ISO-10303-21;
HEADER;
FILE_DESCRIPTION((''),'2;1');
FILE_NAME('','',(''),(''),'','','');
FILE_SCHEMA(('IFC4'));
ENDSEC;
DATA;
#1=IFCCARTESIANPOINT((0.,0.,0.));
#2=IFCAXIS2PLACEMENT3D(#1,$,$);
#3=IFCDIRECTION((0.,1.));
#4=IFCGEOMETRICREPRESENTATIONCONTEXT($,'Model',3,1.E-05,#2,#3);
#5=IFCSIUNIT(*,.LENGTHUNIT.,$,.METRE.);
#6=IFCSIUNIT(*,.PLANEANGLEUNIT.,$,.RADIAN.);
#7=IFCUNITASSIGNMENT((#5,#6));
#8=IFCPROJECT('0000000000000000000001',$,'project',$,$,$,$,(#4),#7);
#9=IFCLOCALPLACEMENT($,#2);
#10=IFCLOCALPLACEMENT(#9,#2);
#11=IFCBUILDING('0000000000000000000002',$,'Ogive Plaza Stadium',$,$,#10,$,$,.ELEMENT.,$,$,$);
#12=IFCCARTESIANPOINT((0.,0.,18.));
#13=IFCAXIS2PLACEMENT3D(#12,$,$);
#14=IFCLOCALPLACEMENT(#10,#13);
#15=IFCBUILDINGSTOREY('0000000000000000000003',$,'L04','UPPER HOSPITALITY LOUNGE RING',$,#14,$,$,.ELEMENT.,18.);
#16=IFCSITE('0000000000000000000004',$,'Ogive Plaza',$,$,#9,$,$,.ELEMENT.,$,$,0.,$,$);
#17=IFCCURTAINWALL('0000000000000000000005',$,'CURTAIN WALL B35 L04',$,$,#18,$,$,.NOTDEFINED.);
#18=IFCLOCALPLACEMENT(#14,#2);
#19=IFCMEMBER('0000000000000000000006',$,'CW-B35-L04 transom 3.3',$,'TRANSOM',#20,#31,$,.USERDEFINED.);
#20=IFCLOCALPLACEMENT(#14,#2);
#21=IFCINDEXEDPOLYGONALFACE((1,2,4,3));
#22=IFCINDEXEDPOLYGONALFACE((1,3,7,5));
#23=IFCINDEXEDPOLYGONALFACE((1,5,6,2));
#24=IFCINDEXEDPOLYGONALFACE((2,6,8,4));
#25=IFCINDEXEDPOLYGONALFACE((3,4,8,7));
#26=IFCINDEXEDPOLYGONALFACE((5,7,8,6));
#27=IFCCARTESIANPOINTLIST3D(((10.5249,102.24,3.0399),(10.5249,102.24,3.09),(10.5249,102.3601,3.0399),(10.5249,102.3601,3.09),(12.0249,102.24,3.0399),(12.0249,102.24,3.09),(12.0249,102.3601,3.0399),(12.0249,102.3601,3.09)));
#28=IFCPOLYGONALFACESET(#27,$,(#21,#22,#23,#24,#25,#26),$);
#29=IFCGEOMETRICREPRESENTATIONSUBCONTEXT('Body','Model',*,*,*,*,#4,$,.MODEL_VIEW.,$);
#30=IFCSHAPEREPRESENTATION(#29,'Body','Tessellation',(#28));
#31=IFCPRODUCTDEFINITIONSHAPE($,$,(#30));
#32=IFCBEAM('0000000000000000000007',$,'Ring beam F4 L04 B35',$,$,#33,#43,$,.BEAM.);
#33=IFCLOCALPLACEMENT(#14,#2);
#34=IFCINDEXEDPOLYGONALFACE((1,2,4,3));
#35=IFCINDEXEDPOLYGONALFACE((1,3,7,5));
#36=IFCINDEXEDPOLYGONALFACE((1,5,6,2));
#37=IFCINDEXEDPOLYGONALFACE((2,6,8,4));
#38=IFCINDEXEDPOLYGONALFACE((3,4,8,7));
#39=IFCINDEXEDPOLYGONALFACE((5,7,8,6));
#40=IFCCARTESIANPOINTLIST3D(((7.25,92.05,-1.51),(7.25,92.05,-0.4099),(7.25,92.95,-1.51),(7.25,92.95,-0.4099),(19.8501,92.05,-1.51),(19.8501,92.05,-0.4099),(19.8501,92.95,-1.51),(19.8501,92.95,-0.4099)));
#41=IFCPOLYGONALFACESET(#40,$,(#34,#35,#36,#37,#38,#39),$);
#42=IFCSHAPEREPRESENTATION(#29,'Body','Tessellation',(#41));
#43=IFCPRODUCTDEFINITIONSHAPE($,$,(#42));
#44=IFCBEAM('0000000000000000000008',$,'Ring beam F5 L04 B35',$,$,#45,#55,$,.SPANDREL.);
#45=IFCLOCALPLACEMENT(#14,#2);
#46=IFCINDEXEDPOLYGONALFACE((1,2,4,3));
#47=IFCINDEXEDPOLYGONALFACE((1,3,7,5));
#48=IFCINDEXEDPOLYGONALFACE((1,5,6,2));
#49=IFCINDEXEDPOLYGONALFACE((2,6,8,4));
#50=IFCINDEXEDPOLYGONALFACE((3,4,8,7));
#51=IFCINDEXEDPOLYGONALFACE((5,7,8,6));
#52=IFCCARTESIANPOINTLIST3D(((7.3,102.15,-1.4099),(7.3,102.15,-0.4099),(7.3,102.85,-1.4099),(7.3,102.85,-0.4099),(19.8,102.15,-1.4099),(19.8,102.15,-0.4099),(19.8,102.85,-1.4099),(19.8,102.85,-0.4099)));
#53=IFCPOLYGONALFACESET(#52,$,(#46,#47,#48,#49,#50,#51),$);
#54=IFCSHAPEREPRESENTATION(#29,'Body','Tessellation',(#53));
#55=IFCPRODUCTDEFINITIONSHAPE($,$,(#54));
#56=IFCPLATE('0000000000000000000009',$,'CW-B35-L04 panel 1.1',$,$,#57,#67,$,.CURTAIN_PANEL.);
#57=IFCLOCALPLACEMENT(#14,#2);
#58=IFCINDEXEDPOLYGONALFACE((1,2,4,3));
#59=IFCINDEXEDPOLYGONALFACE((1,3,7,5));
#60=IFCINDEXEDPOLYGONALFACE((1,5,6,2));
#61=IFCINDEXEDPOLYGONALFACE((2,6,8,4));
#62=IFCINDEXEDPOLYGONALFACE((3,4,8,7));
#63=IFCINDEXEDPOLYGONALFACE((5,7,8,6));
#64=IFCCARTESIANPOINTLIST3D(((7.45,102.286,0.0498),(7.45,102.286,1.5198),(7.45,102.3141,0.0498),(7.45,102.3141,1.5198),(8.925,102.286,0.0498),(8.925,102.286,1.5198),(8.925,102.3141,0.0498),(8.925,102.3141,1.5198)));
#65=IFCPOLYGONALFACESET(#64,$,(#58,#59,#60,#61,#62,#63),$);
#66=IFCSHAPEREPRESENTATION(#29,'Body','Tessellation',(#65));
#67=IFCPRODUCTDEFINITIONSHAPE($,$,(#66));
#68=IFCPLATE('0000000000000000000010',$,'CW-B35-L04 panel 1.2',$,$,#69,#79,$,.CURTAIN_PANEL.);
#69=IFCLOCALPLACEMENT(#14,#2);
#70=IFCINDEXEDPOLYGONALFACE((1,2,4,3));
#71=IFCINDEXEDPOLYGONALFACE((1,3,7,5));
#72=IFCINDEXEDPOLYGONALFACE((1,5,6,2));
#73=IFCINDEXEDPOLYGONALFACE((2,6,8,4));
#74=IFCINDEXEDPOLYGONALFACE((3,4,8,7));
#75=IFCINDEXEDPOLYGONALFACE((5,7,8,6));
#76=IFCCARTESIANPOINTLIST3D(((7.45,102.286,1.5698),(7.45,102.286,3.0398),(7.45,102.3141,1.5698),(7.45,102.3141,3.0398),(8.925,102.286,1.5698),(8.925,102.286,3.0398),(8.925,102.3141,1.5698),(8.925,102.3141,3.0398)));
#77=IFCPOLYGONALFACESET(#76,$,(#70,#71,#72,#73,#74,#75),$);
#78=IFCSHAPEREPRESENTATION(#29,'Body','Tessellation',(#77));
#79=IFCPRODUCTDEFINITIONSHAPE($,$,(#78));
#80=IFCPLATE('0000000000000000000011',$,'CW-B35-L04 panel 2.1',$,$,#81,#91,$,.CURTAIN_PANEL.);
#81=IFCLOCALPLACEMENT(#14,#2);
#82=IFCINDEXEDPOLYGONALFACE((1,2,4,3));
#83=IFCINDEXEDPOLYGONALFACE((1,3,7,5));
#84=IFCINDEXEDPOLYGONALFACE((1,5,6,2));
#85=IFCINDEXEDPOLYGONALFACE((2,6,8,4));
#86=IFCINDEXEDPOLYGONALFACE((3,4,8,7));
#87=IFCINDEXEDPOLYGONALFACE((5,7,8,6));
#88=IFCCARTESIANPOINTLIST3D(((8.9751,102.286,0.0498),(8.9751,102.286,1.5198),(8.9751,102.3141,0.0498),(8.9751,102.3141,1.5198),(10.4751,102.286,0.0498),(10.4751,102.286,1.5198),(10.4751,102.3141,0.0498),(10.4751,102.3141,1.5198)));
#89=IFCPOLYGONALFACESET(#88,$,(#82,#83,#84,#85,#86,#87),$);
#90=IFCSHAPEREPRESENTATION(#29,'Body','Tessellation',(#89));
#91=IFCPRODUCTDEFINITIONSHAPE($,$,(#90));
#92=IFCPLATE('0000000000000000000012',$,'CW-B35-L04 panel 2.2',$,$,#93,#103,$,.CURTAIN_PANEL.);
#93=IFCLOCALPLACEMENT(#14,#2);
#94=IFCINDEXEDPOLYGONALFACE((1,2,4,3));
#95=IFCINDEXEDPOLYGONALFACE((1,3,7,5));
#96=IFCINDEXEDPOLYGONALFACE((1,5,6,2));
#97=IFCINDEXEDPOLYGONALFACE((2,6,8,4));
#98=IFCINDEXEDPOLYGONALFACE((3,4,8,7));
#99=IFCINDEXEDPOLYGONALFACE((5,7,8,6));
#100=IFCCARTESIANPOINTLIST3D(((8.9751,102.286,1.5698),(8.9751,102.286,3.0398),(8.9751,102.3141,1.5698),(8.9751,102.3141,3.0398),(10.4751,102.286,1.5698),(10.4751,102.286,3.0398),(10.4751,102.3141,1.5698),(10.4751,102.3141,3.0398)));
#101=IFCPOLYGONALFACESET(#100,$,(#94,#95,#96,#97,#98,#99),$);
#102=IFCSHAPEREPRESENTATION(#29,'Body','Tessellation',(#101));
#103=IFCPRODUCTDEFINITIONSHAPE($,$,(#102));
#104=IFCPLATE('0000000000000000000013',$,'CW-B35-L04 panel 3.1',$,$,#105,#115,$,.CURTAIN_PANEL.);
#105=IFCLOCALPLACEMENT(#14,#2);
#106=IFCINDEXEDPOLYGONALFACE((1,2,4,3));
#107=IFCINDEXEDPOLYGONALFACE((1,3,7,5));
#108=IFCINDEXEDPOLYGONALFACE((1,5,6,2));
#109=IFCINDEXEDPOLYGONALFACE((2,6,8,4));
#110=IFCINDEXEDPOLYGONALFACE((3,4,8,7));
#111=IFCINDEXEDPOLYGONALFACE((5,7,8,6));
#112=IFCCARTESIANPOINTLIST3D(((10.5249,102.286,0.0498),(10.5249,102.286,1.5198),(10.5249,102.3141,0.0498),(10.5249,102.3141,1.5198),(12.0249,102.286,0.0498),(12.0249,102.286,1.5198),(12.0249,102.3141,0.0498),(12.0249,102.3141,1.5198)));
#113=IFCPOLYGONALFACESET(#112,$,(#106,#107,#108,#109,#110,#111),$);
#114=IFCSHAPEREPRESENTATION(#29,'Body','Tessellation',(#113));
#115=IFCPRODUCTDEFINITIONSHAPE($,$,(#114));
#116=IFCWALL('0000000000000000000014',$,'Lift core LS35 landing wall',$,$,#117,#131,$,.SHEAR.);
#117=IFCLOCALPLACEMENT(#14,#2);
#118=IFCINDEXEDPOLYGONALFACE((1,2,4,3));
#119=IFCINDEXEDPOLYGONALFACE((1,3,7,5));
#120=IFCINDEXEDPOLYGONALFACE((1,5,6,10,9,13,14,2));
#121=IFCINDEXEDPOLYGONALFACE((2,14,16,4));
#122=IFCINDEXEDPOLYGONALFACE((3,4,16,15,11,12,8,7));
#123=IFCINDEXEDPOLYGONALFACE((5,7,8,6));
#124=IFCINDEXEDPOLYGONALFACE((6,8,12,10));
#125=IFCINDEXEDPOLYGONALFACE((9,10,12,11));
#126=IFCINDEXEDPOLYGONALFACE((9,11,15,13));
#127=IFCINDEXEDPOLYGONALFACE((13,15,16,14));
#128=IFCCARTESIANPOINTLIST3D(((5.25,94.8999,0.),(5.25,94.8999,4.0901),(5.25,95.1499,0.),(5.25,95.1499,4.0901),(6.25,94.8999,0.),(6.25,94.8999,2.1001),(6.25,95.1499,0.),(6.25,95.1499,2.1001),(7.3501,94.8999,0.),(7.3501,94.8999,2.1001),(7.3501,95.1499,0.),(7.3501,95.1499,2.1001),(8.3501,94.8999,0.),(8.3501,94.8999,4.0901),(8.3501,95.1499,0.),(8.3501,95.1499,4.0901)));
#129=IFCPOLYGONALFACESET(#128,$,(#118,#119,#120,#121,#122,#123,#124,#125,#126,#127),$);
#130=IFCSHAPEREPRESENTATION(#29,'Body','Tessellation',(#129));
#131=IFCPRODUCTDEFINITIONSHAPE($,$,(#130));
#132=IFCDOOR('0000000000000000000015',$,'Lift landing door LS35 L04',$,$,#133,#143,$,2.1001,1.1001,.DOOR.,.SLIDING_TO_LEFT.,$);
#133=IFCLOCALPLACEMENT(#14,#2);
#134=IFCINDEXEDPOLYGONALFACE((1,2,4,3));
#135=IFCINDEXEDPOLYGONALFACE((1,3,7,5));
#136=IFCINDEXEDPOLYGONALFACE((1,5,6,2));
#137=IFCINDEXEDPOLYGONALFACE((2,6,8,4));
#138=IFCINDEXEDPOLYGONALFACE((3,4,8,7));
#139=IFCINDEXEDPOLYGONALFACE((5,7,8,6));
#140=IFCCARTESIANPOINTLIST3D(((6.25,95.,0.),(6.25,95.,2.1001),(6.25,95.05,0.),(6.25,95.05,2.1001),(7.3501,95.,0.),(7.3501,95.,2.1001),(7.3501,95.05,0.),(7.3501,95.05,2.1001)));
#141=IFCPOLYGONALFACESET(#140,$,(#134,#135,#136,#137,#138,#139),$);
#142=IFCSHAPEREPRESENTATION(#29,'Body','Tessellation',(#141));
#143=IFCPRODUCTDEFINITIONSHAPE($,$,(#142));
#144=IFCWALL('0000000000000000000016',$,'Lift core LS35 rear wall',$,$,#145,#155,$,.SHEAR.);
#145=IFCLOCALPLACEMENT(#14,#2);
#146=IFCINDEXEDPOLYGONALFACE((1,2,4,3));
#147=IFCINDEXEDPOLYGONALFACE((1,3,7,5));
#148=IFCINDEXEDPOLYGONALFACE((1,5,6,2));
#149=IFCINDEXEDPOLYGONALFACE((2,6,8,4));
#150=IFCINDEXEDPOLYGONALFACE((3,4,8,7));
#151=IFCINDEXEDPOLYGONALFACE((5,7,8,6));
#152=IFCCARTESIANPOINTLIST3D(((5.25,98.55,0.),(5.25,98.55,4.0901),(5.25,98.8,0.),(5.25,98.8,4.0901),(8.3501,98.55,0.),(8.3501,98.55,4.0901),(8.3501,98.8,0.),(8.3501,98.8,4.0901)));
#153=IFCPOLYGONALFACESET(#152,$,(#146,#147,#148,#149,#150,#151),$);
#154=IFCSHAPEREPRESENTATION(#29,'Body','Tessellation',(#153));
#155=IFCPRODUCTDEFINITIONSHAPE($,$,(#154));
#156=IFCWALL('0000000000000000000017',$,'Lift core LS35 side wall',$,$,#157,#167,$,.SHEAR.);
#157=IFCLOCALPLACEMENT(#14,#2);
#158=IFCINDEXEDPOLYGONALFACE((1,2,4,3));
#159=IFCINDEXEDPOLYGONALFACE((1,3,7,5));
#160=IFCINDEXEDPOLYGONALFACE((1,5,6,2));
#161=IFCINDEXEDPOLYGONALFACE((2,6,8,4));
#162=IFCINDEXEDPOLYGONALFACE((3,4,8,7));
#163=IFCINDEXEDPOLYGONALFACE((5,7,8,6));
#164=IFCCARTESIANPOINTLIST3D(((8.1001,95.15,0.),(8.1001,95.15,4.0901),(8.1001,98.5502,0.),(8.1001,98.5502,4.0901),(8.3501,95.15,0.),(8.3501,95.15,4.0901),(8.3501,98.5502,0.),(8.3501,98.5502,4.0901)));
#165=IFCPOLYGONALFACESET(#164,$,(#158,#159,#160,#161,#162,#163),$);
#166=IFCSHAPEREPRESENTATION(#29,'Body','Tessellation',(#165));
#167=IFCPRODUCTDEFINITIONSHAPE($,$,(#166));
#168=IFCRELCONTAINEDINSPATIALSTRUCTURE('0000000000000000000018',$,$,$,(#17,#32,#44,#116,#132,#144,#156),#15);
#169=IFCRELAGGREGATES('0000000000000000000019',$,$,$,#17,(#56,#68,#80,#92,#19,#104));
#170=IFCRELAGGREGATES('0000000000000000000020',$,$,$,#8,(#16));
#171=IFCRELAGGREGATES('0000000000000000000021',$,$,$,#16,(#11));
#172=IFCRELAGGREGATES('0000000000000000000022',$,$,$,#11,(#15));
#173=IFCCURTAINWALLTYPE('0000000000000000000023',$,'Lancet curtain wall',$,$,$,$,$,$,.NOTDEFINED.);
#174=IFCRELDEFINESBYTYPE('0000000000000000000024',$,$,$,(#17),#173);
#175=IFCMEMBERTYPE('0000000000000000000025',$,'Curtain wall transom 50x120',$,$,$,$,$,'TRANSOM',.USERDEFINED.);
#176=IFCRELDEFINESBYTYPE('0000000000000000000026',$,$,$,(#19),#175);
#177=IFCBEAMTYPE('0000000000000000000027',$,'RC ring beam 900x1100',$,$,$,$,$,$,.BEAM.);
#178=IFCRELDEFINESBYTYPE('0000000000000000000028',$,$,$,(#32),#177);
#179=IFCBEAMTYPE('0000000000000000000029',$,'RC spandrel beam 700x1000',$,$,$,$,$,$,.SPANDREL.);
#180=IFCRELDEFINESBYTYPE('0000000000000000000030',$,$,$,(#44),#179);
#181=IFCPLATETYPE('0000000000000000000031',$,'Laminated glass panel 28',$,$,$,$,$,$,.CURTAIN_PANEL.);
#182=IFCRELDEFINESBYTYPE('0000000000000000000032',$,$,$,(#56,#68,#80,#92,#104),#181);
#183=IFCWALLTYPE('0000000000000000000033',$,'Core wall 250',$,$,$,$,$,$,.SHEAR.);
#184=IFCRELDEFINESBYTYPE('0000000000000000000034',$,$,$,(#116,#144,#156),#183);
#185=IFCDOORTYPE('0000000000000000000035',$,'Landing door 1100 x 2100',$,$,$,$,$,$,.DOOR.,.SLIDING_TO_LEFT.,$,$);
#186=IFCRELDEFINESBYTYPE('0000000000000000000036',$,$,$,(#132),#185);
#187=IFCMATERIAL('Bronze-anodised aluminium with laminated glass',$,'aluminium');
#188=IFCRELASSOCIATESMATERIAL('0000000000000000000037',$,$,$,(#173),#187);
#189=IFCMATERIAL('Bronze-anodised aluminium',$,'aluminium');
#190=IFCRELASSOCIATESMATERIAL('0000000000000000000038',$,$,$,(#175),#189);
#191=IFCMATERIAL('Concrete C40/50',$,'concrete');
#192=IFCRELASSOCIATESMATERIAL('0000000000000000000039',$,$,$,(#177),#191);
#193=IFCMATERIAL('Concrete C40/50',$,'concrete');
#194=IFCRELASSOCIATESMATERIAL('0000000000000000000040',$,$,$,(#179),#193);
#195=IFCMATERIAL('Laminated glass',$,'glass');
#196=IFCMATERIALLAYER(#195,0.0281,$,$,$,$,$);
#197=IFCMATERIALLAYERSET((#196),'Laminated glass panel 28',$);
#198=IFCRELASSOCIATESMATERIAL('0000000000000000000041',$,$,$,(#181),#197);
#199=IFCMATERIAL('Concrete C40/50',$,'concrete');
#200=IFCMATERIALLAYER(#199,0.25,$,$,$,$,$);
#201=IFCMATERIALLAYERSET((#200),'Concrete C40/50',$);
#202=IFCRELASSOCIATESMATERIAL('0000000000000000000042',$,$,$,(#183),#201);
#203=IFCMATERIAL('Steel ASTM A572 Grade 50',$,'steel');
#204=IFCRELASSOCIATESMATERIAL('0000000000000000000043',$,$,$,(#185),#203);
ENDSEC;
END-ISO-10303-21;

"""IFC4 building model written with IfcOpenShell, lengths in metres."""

from ifc_helpers import new_model, si_unit, direction, frame, frame_2d, origin, origin_2d, place, context, subcontext, project, spatial, rectangle, extrude, material, layer, layer_set, material_profile, profile_set, type_object, element, fill, aggregate, save


model = new_model("IFC4")

# Units and contexts
model_context = context("Model", 3, precision=1e-05, world=origin(), true_north=direction((0.0, 1.0)))
body_context = subcontext(model_context, "Body", "Model", "MODEL_VIEW")
ifc_project = project(units=[si_unit("LENGTHUNIT", "METRE"), si_unit("PLANEANGLEUNIT", "RADIAN")], contexts=[model_context])

# Site, building, storey
site_placement = place(None, origin())
site = spatial("IfcSite", under=ifc_project, at=site_placement, Name="Ogive Plaza", CompositionType="ELEMENT", RefElevation=0.0)
building_placement = place(site_placement, origin())
building = spatial("IfcBuilding", under=site, at=building_placement, Name="Ogive Plaza Stadium", CompositionType="ELEMENT")
storey_placement = place(building_placement, frame((0.0, 0.0, 18.0)))
storey = spatial("IfcBuildingStorey", under=building, at=storey_placement, Name="L04", Description="UPPER HOSPITALITY LOUNGE RING", CompositionType="ELEMENT", Elevation=18.0)

# Shared definitions
ifc_material_1 = material(Name="Bronze-anodised aluminium with laminated glass", Category="aluminium")
curtain_wall_type = type_object("IfcCurtainWallType", Name="Lancet curtain wall", PredefinedType="NOTDEFINED", material=ifc_material_1)

# Curtain wall, member
curtain_wall_1_placement = place(storey_placement, origin())
curtain_wall_1 = element("IfcCurtainWall", 1, at=curtain_wall_1_placement, inside=storey, type_object=curtain_wall_type, Name="CURTAIN WALL B35 L04", PredefinedType="NOTDEFINED")
ifc_material_2 = material(Name="Bronze-anodised aluminium", Category="aluminium")
ifc_material_profile_1 = material_profile(ifc_material_2, rectangle(XDim=0.1201, YDim=0.05, at=origin_2d()), Name="AL 120x50")
ifc_profile_set_1 = profile_set([ifc_material_profile_1], Name="Bronze-anodised aluminium")
member_type_1 = type_object("IfcMemberType", Name="Curtain wall transom 50x120", ElementType="TRANSOM", PredefinedType="USERDEFINED", material=ifc_profile_set_1)
member_1_placement = place(storey_placement, frame((10.5249, 102.3, 3.0649), z_axis=(1.0, 0.0, 0.0), x_axis=(0.0, 1.0, 0.0)))
member_1 = element("IfcMember", 2, at=member_1_placement, type_object=member_type_1, Name="CW-B35-L04 transom 3.3", ObjectType="TRANSOM", PredefinedType="USERDEFINED", context=body_context, shape_type="SweptSolid", body=[
    extrude(rectangle(XDim=0.1201, YDim=0.05, at=origin_2d()), origin(), (0.0, 0.0, 1.0), 1.5),
])

# Beams
ifc_material_3 = material(Name="Concrete C40/50", Category="concrete")
ifc_material_profile_2 = material_profile(ifc_material_3, rectangle(XDim=0.8999, YDim=1.1001, at=origin_2d()), Name="RC 900x1100")
ifc_profile_set_2 = profile_set([ifc_material_profile_2], Name="Concrete C40/50")
beam_type_1 = type_object("IfcBeamType", Name="RC ring beam 900x1100", PredefinedType="BEAM", material=ifc_profile_set_2)
beam_1_placement = place(storey_placement, frame((7.25, 92.5, -0.96), z_axis=(1.0, 0.0, 0.0), x_axis=(0.0, 1.0, 0.0)))
element("IfcBeam", 3, at=beam_1_placement, inside=storey, type_object=beam_type_1, Name="Ring beam F4 L04 B35", PredefinedType="BEAM", context=body_context, shape_type="SweptSolid", body=[
    extrude(rectangle(XDim=0.8999, YDim=1.1001, at=origin_2d()), origin(), (0.0, 0.0, 1.0), 12.6001),
])
ifc_material_4 = material(Name="Concrete C40/50", Category="concrete")
ifc_material_profile_3 = material_profile(ifc_material_4, rectangle(XDim=0.7, YDim=1.0, at=origin_2d()), Name="RC 700x1000")
ifc_profile_set_3 = profile_set([ifc_material_profile_3], Name="Concrete C40/50")
beam_type_2 = type_object("IfcBeamType", Name="RC spandrel beam 700x1000", PredefinedType="SPANDREL", material=ifc_profile_set_3)
beam_2_placement = place(storey_placement, frame((7.3, 102.5, -0.9099), z_axis=(1.0, 0.0, 0.0), x_axis=(0.0, 1.0, 0.0)))
element("IfcBeam", 4, at=beam_2_placement, inside=storey, type_object=beam_type_2, Name="Ring beam F5 L04 B35", PredefinedType="SPANDREL", context=body_context, shape_type="SweptSolid", body=[
    extrude(rectangle(XDim=0.7, YDim=1.0, at=origin_2d()), origin(), (0.0, 0.0, 1.0), 12.5),
])

# Plates
ifc_material_5 = material(Name="Laminated glass", Category="glass")
ifc_layer_1 = layer(ifc_material_5, 0.0281)
ifc_layer_set_1 = layer_set([ifc_layer_1], Name="Laminated glass panel 28")
plate_type = type_object("IfcPlateType", Name="Laminated glass panel 28", PredefinedType="CURTAIN_PANEL", material=ifc_layer_set_1)
plate_1_placement = place(storey_placement, frame((8.1875, 102.3, 0.0498), z_axis=(0.0, 0.0, 1.0), x_axis=(1.0, 0.0, 0.0)))
plate_1 = element("IfcPlate", 5, at=plate_1_placement, type_object=plate_type, Name="CW-B35-L04 panel 1.1", PredefinedType="CURTAIN_PANEL", context=body_context, shape_type="SweptSolid", body=[
    extrude(rectangle(XDim=1.4751, YDim=0.0281, at=origin_2d()), origin(), (0.0, 0.0, 1.0), 1.47),
])
plate_2_placement = place(storey_placement, frame((8.1875, 102.3, 1.5698), z_axis=(0.0, 0.0, 1.0), x_axis=(1.0, 0.0, 0.0)))
plate_2 = element("IfcPlate", 6, at=plate_2_placement, type_object=plate_type, Name="CW-B35-L04 panel 1.2", PredefinedType="CURTAIN_PANEL", context=body_context, shape_type="SweptSolid", body=[
    extrude(rectangle(XDim=1.4751, YDim=0.0281, at=origin_2d()), origin(), (0.0, 0.0, 1.0), 1.47),
])
plate_3_placement = place(storey_placement, frame((9.7251, 102.3, 0.0498), z_axis=(0.0, 0.0, 1.0), x_axis=(1.0, 0.0, 0.0)))
plate_3 = element("IfcPlate", 7, at=plate_3_placement, type_object=plate_type, Name="CW-B35-L04 panel 2.1", PredefinedType="CURTAIN_PANEL", context=body_context, shape_type="SweptSolid", body=[
    extrude(rectangle(XDim=1.5, YDim=0.0281, at=origin_2d()), origin(), (0.0, 0.0, 1.0), 1.47),
])
plate_4_placement = place(storey_placement, frame((9.7251, 102.3, 1.5698), z_axis=(0.0, 0.0, 1.0), x_axis=(1.0, 0.0, 0.0)))
plate_4 = element("IfcPlate", 8, at=plate_4_placement, type_object=plate_type, Name="CW-B35-L04 panel 2.2", PredefinedType="CURTAIN_PANEL", context=body_context, shape_type="SweptSolid", body=[
    extrude(rectangle(XDim=1.5, YDim=0.0281, at=origin_2d()), origin(), (0.0, 0.0, 1.0), 1.47),
])
plate_5_placement = place(storey_placement, frame((11.2749, 102.3, 0.0498), z_axis=(0.0, 0.0, 1.0), x_axis=(1.0, 0.0, 0.0)))
plate_5 = element("IfcPlate", 9, at=plate_5_placement, type_object=plate_type, Name="CW-B35-L04 panel 3.1", PredefinedType="CURTAIN_PANEL", context=body_context, shape_type="SweptSolid", body=[
    extrude(rectangle(XDim=1.5, YDim=0.0281, at=origin_2d()), origin(), (0.0, 0.0, 1.0), 1.47),
])
aggregate(curtain_wall_1, [plate_1, plate_2, plate_3, plate_4, member_1, plate_5])

# Wall, opening, door
ifc_material_6 = material(Name="Concrete C40/50", Category="concrete")
ifc_layer_2 = layer(ifc_material_6, 0.25)
ifc_layer_set_2 = layer_set([ifc_layer_2], Name="Concrete C40/50")
wall_type = type_object("IfcWallType", Name="Core wall 250", PredefinedType="SHEAR", material=ifc_layer_set_2)
wall_1_placement = place(storey_placement, frame((8.3501, 95.0249, 0.0), z_axis=(0.0, 0.0, 1.0), x_axis=(-1.0, 0.0, 0.0)))
wall_1 = element("IfcWall", 10, at=wall_1_placement, inside=storey, type_object=wall_type, Name="Lift core LS35 landing wall", PredefinedType="SHEAR", context=body_context, shape_type="SweptSolid", body=[
    extrude(rectangle(XDim=3.1001, YDim=0.25, at=frame_2d((1.55, 0.0))), origin(), (0.0, 0.0, 1.0), 4.0901),
])
opening_placement = place(wall_1_placement, frame((1.0, 0.0, 0.0)))
opening = element("IfcOpeningElement", 11, at=opening_placement, cuts=wall_1, PredefinedType="OPENING", context=body_context, shape_type="SweptSolid", body=[
    extrude(rectangle(XDim=1.1001, YDim=2.1001, at=frame_2d((0.55, 1.05))), frame((0.0, 0.125, 0.0), z_axis=(0.0, -1.0, 0.0), x_axis=(1.0, 0.0, 0.0)), (0.0, 0.0, 1.0), 0.25),
])
ifc_material_7 = material(Name="Steel ASTM A572 Grade 50", Category="steel")
door_type = type_object("IfcDoorType", Name="Landing door 1100 x 2100", OperationType="SLIDING_TO_LEFT", PredefinedType="DOOR", material=ifc_material_7)
door_placement = place(opening_placement, origin())
door = element("IfcDoor", 12, at=door_placement, inside=storey, type_object=door_type, Name="Lift landing door LS35 L04", OperationType="SLIDING_TO_LEFT", OverallHeight=2.1001, OverallWidth=1.1001, PredefinedType="DOOR", context=body_context, shape_type="SweptSolid", body=[
    extrude(rectangle(XDim=1.1001, YDim=2.1001, at=frame_2d((0.55, 1.05))), frame((0.0, 0.0249, 0.0), z_axis=(0.0, -1.0, 0.0), x_axis=(1.0, 0.0, 0.0)), (0.0, 0.0, 1.0), 0.05),
])
fill(opening, door)

# Walls
wall_2_placement = place(storey_placement, frame((8.3501, 98.675, 0.0), z_axis=(0.0, 0.0, 1.0), x_axis=(-1.0, 0.0, 0.0)))
element("IfcWall", 13, at=wall_2_placement, inside=storey, type_object=wall_type, Name="Lift core LS35 rear wall", PredefinedType="SHEAR", context=body_context, shape_type="SweptSolid", body=[
    extrude(rectangle(XDim=3.1001, YDim=0.25, at=frame_2d((1.55, 0.0))), origin(), (0.0, 0.0, 1.0), 4.0901),
])
wall_3_placement = place(storey_placement, frame((8.2251, 95.1499, 0.0), z_axis=(0.0, 0.0, 1.0), x_axis=(0.0, 1.0, 0.0)))
element("IfcWall", 14, at=wall_3_placement, inside=storey, type_object=wall_type, Name="Lift core LS35 side wall", PredefinedType="SHEAR", context=body_context, shape_type="SweptSolid", body=[
    extrude(rectangle(XDim=3.4001, YDim=0.25, at=frame_2d((1.7002, 0.0))), origin(), (0.0, 0.0, 1.0), 4.0901),
])

save(model, "model.ifc")
